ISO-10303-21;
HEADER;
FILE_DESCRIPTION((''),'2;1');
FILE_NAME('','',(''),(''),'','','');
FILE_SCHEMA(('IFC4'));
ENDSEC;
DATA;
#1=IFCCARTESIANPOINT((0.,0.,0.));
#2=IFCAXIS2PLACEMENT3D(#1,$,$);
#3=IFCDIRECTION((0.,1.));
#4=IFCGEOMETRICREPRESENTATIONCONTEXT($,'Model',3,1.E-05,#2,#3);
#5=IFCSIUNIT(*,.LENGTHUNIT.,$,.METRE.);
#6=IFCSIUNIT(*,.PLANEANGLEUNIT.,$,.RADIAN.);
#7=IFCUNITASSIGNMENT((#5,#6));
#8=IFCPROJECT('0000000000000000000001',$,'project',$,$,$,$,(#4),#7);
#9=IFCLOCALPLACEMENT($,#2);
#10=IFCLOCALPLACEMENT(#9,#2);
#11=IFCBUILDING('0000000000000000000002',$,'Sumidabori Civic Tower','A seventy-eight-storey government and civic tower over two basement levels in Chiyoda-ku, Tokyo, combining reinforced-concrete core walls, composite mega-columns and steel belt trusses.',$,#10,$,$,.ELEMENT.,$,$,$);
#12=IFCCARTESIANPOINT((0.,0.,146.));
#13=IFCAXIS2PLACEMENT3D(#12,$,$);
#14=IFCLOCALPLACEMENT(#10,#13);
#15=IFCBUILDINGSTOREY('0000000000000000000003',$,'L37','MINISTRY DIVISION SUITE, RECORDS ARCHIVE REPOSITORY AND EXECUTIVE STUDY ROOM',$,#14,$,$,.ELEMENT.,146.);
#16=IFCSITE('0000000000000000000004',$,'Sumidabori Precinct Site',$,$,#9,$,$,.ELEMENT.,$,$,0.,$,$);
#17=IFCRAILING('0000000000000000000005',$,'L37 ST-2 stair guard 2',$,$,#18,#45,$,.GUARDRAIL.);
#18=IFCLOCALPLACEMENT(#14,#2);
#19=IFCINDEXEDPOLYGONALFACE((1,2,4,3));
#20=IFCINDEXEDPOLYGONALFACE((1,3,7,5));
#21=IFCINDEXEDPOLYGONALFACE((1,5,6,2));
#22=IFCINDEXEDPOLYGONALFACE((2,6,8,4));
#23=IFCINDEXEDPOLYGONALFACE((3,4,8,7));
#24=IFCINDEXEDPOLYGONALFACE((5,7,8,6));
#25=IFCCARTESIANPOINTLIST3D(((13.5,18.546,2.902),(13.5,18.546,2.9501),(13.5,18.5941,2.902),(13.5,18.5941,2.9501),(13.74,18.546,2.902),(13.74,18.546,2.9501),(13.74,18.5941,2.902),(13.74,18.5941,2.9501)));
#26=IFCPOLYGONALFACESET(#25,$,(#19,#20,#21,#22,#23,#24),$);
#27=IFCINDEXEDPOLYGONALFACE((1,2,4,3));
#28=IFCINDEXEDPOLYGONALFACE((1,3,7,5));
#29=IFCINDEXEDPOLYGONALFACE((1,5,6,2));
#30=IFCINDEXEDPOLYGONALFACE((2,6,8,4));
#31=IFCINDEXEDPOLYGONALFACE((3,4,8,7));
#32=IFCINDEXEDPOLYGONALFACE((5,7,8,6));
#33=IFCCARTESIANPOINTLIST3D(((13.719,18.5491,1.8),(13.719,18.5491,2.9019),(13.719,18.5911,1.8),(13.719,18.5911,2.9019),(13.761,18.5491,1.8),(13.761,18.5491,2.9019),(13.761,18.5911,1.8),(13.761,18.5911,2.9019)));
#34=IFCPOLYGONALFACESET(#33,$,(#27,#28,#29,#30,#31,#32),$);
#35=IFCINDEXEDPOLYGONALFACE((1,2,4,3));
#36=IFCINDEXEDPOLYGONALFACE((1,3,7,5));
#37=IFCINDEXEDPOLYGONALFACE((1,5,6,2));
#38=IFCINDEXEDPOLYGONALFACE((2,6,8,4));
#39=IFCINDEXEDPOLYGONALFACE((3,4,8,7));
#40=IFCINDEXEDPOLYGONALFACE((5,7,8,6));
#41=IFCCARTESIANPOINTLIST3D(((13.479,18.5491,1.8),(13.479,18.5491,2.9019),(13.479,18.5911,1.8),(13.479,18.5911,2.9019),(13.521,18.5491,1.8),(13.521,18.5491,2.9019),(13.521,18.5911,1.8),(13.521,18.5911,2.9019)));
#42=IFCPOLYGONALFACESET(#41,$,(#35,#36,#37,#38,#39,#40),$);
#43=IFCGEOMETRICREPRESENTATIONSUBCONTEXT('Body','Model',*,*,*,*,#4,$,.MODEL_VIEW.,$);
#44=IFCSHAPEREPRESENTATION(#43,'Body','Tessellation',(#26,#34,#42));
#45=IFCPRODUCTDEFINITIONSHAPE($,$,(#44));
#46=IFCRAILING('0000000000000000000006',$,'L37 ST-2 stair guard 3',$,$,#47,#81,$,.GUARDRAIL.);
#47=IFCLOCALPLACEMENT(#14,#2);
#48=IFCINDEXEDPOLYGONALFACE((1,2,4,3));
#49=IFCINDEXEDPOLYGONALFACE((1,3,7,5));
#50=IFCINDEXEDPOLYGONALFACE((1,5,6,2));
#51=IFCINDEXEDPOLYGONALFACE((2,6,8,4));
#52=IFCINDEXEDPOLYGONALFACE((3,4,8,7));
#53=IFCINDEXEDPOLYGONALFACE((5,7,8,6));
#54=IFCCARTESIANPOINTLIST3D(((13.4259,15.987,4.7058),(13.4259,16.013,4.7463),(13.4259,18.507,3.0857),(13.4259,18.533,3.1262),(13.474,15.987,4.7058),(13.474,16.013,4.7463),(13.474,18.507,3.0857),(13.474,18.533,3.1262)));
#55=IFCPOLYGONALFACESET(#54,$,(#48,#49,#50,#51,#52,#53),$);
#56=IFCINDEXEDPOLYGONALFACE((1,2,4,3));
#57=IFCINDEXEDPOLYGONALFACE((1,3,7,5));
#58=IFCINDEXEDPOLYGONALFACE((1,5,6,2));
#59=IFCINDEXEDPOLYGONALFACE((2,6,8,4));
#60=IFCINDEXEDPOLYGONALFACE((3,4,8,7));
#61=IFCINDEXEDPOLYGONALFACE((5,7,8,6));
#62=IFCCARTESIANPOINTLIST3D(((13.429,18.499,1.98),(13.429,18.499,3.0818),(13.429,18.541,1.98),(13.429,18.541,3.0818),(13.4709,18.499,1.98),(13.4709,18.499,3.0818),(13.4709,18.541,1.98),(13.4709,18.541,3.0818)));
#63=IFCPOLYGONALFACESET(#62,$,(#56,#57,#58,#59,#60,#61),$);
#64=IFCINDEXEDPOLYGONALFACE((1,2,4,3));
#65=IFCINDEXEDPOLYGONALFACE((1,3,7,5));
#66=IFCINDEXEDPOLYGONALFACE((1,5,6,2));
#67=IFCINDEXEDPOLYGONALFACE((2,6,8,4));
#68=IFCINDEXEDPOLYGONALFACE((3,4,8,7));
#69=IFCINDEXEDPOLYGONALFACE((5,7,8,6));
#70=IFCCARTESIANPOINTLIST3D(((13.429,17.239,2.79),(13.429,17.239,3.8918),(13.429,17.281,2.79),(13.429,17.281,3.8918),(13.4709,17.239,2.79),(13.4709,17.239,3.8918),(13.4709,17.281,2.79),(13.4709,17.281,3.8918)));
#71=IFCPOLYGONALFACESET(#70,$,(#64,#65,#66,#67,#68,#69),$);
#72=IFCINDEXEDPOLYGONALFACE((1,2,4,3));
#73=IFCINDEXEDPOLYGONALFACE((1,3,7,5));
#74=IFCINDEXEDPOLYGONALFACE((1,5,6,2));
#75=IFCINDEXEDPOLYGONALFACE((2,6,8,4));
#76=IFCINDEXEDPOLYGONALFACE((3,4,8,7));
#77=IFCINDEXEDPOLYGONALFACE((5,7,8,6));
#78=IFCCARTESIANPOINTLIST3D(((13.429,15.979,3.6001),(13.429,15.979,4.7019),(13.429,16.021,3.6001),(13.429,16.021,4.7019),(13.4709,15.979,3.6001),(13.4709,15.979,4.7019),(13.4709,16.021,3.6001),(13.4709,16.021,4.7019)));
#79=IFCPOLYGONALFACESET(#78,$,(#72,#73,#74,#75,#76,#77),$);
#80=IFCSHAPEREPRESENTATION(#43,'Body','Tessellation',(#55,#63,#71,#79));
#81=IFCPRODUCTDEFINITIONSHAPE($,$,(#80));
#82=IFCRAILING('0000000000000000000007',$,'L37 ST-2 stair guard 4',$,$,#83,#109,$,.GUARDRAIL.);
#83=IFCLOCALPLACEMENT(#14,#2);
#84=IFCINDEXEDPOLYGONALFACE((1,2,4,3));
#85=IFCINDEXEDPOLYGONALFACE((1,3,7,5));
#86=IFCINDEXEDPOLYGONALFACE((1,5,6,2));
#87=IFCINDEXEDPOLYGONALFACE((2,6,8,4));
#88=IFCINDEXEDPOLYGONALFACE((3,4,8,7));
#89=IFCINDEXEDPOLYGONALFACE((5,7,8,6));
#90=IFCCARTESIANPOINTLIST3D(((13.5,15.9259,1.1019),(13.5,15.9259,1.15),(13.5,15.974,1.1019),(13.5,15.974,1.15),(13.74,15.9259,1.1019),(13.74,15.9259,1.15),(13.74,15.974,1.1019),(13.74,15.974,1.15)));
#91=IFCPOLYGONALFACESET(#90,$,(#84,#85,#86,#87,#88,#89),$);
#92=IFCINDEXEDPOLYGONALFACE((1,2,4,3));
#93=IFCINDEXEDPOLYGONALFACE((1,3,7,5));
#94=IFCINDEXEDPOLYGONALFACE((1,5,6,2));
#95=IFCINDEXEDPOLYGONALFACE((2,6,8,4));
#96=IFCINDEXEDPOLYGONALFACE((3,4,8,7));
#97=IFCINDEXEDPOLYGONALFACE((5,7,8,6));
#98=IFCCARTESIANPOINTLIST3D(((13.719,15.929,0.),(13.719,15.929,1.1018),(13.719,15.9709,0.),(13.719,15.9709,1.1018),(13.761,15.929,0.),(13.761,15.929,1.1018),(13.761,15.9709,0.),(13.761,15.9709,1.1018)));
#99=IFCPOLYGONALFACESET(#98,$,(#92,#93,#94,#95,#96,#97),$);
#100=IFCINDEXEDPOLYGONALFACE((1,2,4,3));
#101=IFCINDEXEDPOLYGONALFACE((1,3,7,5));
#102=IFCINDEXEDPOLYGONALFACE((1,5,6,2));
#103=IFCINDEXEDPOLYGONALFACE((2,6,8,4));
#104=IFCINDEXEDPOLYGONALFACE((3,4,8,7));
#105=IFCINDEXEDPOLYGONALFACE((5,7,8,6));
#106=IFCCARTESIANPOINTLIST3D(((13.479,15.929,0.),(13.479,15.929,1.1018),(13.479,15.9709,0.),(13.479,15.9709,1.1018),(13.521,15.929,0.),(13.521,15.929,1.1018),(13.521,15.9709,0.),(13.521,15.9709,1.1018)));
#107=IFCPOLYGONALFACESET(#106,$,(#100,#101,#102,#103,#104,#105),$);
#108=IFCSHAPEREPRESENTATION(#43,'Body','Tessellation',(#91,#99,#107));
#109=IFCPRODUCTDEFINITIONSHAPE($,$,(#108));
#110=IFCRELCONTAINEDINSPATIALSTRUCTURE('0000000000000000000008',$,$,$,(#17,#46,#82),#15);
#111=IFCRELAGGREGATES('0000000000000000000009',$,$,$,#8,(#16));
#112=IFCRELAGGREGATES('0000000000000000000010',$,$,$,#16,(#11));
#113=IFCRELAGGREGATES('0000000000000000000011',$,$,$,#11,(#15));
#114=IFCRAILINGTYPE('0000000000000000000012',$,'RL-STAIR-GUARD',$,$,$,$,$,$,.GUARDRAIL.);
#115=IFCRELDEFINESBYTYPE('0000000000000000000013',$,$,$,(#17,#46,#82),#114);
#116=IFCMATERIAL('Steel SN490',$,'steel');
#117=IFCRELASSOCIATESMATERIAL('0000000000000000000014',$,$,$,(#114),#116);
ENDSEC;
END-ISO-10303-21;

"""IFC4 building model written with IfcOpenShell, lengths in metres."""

from ifc_helpers import new_model, si_unit, direction, frame, origin, origin_2d, place, context, subcontext, project, spatial, rectangle, extrude, material, type_object, element, save


model = new_model("IFC4")

# Units and contexts
model_context = context("Model", 3, precision=1e-05, world=origin(), true_north=direction((0.0, 1.0)))
body_context = subcontext(model_context, "Body", "Model", "MODEL_VIEW")
ifc_project = project(units=[si_unit("LENGTHUNIT", "METRE"), si_unit("PLANEANGLEUNIT", "RADIAN")], contexts=[model_context])

# Site, building, storey
site_placement = place(None, origin())
site = spatial("IfcSite", under=ifc_project, at=site_placement, Name="Sumidabori Precinct Site", CompositionType="ELEMENT", RefElevation=0.0)
building_placement = place(site_placement, origin())
building = spatial("IfcBuilding", under=site, at=building_placement, Name="Sumidabori Civic Tower", Description="A seventy-eight-storey government and civic tower over two basement levels in Chiyoda-ku, Tokyo, combining reinforced-concrete core walls, composite mega-columns and steel belt trusses.", CompositionType="ELEMENT")
storey_placement = place(building_placement, frame((0.0, 0.0, 146.0)))
storey = spatial("IfcBuildingStorey", under=building, at=storey_placement, Name="L37", Description="MINISTRY DIVISION SUITE, RECORDS ARCHIVE REPOSITORY AND EXECUTIVE STUDY ROOM", CompositionType="ELEMENT", Elevation=146.0)

# Railings
ifc_material_1 = material(Name="Steel SN490", Category="steel")
railing_type_1 = type_object("IfcRailingType", Name="RL-STAIR-GUARD", PredefinedType="GUARDRAIL", material=ifc_material_1)
railing_1_placement = place(storey_placement, frame((13.74, 18.5701, 1.8)))
element("IfcRailing", 1, at=railing_1_placement, inside=storey, type_object=railing_type_1, Name="L37 ST-2 stair guard 2", PredefinedType="GUARDRAIL", context=body_context, shape_type="SweptSolid", body=[
    extrude(rectangle(XDim=0.0481, YDim=0.0481, at=origin_2d()), frame((0.0, 0.0, 1.126), z_axis=(-1.0, 0.0, 0.0), x_axis=(0.0, -1.0, 0.0)), (0.0, 0.0, 1.0), 0.24),
    extrude(rectangle(XDim=0.042, YDim=0.042, at=origin_2d()), origin(), (0.0, 0.0, 1.0), 1.1018),
    extrude(rectangle(XDim=0.042, YDim=0.042, at=origin_2d()), frame((-0.24, 0.0, 0.0)), (0.0, 0.0, 1.0), 1.1018),
])
railing_2_placement = place(storey_placement, frame((13.45, 18.52, 1.98)))
element("IfcRailing", 2, at=railing_2_placement, inside=storey, type_object=railing_type_1, Name="L37 ST-2 stair guard 3", PredefinedType="GUARDRAIL", context=body_context, shape_type="SweptSolid", body=[
    extrude(rectangle(XDim=0.0481, YDim=0.0481, at=origin_2d()), frame((0.0, 0.0, 1.126), z_axis=(0.0, -0.841163, 0.540782), x_axis=(1.0, 0.0, 0.0)), (0.0, 0.0, 1.0), 2.9958),
    extrude(rectangle(XDim=0.042, YDim=0.042, at=origin_2d()), origin(), (0.0, 0.0, 1.0), 1.1018),
    extrude(rectangle(XDim=0.042, YDim=0.042, at=origin_2d()), frame((0.0, -1.26, 0.8101)), (0.0, 0.0, 1.0), 1.1018),
    extrude(rectangle(XDim=0.042, YDim=0.042, at=origin_2d()), frame((0.0, -2.52, 1.6201)), (0.0, 0.0, 1.0), 1.1018),
])
railing_3_placement = place(storey_placement, frame((13.74, 15.95, 0.0)))
element("IfcRailing", 3, at=railing_3_placement, inside=storey, type_object=railing_type_1, Name="L37 ST-2 stair guard 4", PredefinedType="GUARDRAIL", context=body_context, shape_type="SweptSolid", body=[
    extrude(rectangle(XDim=0.0481, YDim=0.0481, at=origin_2d()), frame((0.0, 0.0, 1.126), z_axis=(-1.0, 0.0, 0.0), x_axis=(0.0, -1.0, 0.0)), (0.0, 0.0, 1.0), 0.24),
    extrude(rectangle(XDim=0.042, YDim=0.042, at=origin_2d()), origin(), (0.0, 0.0, 1.0), 1.1018),
    extrude(rectangle(XDim=0.042, YDim=0.042, at=origin_2d()), frame((-0.24, 0.0, 0.0)), (0.0, 0.0, 1.0), 1.1018),
])

save(model, "model.ifc")
